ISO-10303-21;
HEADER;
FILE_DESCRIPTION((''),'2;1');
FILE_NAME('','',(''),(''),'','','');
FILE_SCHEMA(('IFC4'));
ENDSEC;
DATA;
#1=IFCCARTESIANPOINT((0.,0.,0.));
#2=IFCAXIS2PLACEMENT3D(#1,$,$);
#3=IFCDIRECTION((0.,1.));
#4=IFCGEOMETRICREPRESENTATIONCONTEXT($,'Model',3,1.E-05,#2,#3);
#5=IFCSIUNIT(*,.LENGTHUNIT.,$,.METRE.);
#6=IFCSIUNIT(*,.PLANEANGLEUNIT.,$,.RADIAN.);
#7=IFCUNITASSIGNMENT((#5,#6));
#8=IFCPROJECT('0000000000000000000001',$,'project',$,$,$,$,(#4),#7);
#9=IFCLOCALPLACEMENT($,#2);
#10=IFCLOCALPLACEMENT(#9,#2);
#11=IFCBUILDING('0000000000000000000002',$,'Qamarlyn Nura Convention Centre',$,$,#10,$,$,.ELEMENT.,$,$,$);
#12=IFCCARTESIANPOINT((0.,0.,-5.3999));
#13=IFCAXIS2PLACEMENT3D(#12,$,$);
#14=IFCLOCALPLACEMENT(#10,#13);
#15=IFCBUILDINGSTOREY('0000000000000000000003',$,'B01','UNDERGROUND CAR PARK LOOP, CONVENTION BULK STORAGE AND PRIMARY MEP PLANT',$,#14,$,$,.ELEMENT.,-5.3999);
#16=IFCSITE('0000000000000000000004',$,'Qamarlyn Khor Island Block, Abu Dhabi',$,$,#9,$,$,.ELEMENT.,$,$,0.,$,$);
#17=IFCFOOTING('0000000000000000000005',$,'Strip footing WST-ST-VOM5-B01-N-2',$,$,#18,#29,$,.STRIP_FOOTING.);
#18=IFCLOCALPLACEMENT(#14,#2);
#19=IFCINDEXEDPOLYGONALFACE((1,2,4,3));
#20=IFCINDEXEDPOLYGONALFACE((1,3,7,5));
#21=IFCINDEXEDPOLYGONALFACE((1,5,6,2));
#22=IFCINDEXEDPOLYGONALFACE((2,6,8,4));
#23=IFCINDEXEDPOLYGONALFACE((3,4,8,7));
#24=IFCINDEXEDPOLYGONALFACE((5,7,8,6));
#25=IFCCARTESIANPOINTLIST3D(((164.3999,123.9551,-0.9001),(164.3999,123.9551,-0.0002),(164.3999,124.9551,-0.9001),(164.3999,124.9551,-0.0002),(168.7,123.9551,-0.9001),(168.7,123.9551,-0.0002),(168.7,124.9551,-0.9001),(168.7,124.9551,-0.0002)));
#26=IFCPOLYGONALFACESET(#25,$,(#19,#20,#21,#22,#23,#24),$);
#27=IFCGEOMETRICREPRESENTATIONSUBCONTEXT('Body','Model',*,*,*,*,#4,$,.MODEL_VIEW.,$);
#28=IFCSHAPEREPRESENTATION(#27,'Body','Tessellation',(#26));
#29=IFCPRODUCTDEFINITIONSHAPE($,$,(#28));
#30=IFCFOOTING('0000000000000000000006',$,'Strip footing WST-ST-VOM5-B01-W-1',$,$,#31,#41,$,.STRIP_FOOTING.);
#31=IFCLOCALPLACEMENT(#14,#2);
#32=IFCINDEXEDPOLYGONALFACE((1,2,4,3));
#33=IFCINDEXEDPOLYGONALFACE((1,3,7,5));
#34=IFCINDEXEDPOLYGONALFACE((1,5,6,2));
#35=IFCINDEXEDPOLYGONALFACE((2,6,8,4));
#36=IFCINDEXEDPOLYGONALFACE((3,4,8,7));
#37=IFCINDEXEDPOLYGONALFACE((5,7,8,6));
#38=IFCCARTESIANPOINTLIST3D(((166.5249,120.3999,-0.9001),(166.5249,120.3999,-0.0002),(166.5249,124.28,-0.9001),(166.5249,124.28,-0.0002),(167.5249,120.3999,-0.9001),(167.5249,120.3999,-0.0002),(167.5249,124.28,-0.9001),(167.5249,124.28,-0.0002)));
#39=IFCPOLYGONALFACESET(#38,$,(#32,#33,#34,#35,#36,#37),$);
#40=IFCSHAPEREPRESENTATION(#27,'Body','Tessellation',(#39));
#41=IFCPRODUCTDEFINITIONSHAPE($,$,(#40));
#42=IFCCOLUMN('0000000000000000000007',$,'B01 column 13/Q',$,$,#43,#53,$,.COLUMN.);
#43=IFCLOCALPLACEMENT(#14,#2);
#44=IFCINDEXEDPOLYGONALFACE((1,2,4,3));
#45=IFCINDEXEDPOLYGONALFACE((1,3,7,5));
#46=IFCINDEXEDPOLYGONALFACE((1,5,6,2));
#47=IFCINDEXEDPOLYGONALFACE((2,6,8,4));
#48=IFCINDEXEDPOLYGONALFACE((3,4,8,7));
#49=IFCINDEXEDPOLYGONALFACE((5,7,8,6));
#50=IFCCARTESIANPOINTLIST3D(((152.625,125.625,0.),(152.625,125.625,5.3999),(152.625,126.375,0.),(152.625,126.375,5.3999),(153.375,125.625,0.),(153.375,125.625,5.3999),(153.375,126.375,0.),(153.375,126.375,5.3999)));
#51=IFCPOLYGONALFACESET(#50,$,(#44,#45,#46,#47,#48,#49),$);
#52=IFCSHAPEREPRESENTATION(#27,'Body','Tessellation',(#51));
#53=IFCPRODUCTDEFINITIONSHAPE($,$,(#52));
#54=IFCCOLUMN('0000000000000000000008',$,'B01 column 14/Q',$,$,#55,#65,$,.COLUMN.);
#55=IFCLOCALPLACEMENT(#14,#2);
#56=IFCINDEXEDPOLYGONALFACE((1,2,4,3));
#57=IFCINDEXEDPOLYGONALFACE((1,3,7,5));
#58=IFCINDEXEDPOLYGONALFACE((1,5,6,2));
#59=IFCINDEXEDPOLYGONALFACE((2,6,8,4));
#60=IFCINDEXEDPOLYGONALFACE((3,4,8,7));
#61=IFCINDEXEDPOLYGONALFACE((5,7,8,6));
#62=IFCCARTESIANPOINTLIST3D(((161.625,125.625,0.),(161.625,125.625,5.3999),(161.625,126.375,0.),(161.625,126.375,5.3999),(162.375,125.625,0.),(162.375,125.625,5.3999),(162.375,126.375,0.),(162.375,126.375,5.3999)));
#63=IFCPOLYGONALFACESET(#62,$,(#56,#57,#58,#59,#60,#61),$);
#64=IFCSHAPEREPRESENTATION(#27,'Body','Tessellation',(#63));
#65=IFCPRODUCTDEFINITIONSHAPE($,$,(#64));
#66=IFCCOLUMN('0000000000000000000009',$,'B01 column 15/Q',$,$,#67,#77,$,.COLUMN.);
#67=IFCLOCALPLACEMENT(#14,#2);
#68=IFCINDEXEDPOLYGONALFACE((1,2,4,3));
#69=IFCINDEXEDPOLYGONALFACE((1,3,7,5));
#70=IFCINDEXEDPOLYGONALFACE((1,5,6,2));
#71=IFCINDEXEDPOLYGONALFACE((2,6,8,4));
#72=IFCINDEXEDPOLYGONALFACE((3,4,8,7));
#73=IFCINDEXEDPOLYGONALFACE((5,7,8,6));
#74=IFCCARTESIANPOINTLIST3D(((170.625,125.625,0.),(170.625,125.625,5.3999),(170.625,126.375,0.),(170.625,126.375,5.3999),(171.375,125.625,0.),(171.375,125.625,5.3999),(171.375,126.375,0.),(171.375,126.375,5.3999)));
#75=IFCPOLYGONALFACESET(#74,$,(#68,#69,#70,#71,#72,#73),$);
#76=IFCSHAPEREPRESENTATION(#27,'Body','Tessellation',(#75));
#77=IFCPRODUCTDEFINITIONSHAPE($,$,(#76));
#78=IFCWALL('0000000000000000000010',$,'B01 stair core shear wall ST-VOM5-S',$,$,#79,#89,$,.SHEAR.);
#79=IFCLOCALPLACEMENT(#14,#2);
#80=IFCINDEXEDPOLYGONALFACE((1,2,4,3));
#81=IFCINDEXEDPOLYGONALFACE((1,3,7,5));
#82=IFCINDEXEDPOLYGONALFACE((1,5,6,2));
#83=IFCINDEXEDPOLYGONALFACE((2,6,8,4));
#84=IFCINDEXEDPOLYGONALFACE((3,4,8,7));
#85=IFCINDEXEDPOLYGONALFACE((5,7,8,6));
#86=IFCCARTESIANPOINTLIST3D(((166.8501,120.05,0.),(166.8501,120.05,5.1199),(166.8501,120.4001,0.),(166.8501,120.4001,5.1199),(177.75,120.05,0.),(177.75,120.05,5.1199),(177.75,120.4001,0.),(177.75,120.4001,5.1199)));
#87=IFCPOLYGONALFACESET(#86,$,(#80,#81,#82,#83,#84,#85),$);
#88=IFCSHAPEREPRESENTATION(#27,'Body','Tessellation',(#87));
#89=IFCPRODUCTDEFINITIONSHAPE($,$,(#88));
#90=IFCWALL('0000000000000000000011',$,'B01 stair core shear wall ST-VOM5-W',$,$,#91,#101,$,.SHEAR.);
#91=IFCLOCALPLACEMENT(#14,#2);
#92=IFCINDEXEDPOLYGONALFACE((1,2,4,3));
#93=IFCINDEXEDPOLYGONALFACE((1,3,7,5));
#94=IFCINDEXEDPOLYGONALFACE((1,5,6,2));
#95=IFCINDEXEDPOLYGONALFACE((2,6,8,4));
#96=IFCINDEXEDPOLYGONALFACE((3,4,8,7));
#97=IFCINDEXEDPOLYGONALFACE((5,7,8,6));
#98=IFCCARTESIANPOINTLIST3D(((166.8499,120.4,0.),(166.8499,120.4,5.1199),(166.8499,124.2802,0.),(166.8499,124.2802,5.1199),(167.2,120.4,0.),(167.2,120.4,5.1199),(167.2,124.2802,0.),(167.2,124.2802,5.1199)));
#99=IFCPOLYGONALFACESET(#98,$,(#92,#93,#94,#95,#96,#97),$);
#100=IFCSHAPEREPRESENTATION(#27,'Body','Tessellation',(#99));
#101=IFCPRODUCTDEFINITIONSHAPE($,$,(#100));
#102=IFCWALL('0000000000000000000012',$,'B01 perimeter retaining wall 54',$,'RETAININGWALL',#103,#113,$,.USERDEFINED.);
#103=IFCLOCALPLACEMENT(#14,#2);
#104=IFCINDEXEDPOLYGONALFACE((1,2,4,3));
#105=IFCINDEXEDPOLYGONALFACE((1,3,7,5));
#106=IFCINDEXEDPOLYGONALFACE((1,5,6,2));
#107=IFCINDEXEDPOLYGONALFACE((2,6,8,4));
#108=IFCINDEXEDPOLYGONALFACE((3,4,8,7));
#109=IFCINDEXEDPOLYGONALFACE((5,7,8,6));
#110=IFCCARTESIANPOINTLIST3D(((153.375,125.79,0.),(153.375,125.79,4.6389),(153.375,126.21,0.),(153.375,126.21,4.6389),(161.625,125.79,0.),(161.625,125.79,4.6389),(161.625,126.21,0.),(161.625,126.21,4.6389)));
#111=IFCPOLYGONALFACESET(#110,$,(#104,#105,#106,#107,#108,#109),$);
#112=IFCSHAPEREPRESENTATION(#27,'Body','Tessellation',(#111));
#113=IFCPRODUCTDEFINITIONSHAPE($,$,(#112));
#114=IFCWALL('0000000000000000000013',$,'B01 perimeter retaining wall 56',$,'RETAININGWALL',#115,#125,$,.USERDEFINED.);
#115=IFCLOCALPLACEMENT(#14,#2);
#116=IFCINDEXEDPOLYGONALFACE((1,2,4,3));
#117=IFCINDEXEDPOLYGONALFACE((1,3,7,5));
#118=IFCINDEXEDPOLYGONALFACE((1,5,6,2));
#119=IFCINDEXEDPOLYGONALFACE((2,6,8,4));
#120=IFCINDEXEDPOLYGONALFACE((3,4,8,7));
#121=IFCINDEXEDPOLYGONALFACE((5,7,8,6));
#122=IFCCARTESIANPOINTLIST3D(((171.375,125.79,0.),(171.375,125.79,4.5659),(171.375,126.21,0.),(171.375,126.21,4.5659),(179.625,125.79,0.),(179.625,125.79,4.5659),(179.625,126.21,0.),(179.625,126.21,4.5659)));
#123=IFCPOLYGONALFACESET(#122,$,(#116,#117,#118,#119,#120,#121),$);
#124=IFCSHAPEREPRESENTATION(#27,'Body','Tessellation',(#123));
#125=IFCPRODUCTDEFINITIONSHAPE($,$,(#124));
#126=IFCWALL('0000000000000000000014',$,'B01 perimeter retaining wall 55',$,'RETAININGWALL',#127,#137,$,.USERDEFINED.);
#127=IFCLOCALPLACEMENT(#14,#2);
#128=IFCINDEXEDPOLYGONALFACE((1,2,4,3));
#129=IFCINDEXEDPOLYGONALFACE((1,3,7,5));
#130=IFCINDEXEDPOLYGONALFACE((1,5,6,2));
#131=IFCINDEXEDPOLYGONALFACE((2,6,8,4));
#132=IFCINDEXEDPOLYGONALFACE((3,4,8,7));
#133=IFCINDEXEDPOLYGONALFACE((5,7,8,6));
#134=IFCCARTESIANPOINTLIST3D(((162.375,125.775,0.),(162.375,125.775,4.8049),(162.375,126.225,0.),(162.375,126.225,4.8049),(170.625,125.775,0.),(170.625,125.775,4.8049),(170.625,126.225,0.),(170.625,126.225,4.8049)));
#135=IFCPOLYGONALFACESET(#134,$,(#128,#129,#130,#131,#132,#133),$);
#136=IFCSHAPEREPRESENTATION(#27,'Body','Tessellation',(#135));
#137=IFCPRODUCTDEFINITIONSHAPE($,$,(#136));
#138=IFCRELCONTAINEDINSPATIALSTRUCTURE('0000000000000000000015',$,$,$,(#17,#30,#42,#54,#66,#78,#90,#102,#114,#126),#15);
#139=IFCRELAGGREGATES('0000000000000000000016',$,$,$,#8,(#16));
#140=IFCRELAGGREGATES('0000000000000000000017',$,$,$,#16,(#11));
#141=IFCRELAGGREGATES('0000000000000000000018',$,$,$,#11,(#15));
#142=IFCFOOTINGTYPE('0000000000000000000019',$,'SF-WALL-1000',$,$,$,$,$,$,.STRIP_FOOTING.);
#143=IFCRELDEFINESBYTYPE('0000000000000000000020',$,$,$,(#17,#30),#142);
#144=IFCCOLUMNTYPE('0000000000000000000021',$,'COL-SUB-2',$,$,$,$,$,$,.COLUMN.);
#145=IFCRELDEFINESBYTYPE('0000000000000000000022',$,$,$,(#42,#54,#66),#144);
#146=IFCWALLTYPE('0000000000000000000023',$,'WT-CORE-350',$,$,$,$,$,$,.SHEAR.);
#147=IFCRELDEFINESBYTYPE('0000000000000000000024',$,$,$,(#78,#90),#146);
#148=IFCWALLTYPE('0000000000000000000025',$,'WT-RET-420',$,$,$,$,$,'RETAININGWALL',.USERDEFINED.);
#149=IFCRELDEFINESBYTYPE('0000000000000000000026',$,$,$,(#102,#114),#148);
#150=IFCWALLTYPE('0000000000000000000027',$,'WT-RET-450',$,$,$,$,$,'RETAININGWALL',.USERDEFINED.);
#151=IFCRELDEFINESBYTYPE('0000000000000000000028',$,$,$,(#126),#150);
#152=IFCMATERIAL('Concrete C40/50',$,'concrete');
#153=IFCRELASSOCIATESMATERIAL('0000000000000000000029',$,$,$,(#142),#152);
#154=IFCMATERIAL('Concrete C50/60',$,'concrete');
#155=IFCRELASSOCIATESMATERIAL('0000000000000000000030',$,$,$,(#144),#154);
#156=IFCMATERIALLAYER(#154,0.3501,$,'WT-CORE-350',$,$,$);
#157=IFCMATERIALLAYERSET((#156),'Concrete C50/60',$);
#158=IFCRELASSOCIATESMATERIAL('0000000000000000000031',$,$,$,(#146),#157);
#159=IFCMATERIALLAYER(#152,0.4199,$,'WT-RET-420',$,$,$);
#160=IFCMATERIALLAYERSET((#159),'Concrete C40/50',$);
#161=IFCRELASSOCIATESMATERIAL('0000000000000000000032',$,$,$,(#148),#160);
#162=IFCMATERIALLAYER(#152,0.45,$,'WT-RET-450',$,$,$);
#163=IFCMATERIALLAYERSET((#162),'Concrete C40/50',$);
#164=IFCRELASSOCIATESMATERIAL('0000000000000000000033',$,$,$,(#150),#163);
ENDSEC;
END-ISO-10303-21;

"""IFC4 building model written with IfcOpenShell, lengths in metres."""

from ifc_helpers import new_model, si_unit, direction, frame, frame_2d, origin, origin_2d, place, context, subcontext, project, spatial, rectangle, extrude, material, layer, layer_set, material_profile, profile_set, type_object, element, save


model = new_model("IFC4")

# Units and contexts
model_context = context("Model", 3, precision=1e-05, world=origin(), true_north=direction((0.0, 1.0)))
body_context = subcontext(model_context, "Body", "Model", "MODEL_VIEW")
ifc_project = project(units=[si_unit("LENGTHUNIT", "METRE"), si_unit("PLANEANGLEUNIT", "RADIAN")], contexts=[model_context])

# Site, building, storey
site_placement = place(None, origin())
site = spatial("IfcSite", under=ifc_project, at=site_placement, Name="Qamarlyn Khor Island Block, Abu Dhabi", CompositionType="ELEMENT", RefElevation=0.0)
building_placement = place(site_placement, origin())
building = spatial("IfcBuilding", under=site, at=building_placement, Name="Qamarlyn Nura Convention Centre", CompositionType="ELEMENT")
storey_placement = place(building_placement, frame((0.0, 0.0, -5.3999)))
storey = spatial("IfcBuildingStorey", under=building, at=storey_placement, Name="B01", Description="UNDERGROUND CAR PARK LOOP, CONVENTION BULK STORAGE AND PRIMARY MEP PLANT", CompositionType="ELEMENT", Elevation=-5.3999)

# Shared definitions
ifc_material_1 = material(Name="Concrete C40/50", Category="concrete")

# Footings
ifc_material_profile_1 = material_profile(ifc_material_1, rectangle(XDim=1.0, YDim=0.8999, at=origin_2d()), Name="RC STRIP 1000x900")
ifc_profile_set_1 = profile_set([ifc_material_profile_1], Name="Concrete C40/50")
footing_type_1 = type_object("IfcFootingType", Name="SF-WALL-1000", PredefinedType="STRIP_FOOTING", material=ifc_profile_set_1)
footing_1_placement = place(storey_placement, frame((168.7, 124.4551, -0.4502), z_axis=(-1.0, 0.0, 0.0), x_axis=(0.0, -1.0, 0.0)))
element("IfcFooting", 1, at=footing_1_placement, inside=storey, type_object=footing_type_1, Name="Strip footing WST-ST-VOM5-B01-N-2", PredefinedType="STRIP_FOOTING", context=body_context, shape_type="SweptSolid", body=[
    extrude(rectangle(XDim=1.0, YDim=0.8999, at=origin_2d()), origin(), (0.0, 0.0, 1.0), 4.3),
])
footing_2_placement = place(storey_placement, frame((167.0249, 124.28, -0.4502), z_axis=(0.0, -1.0, 0.0), x_axis=(1.0, 0.0, 0.0)))
element("IfcFooting", 2, at=footing_2_placement, inside=storey, type_object=footing_type_1, Name="Strip footing WST-ST-VOM5-B01-W-1", PredefinedType="STRIP_FOOTING", context=body_context, shape_type="SweptSolid", body=[
    extrude(rectangle(XDim=1.0, YDim=0.8999, at=origin_2d()), origin(), (0.0, 0.0, 1.0), 3.8801),
])

# Columns
ifc_material_2 = material(Name="Concrete C50/60", Category="concrete")
ifc_material_profile_2 = material_profile(ifc_material_2, rectangle(XDim=0.75, YDim=0.75, at=origin_2d()), Name="RC 750x750")
ifc_profile_set_2 = profile_set([ifc_material_profile_2], Name="Concrete C50/60")
column_type = type_object("IfcColumnType", Name="COL-SUB-2", PredefinedType="COLUMN", material=ifc_profile_set_2)
for number, where, z_axis, x_axis, name in (
    (3, (153.0, 126.0, 0.0), (0.0, 0.0, 1.0), (1.0, 0.0, 0.0), "B01 column 13/Q"),
    (4, (162.0, 126.0, 0.0), (0.0, 0.0, 1.0), (1.0, 0.0, 0.0), "B01 column 14/Q"),
    (5, (171.0, 126.0, 0.0), (0.0, 0.0, 1.0), (1.0, 0.0, 0.0), "B01 column 15/Q"),
):
    element("IfcColumn", number, at=place(storey_placement, frame(where, z_axis=z_axis, x_axis=x_axis)), inside=storey, type_object=column_type, Name=name, PredefinedType="COLUMN", context=body_context, shape_type="SweptSolid", body=[
        extrude(rectangle(XDim=0.75, YDim=0.75, at=origin_2d()), origin(), (0.0, 0.0, 1.0), 5.3999),
    ])

# Walls
ifc_layer_1 = layer(ifc_material_2, 0.3501, Name="WT-CORE-350")
ifc_layer_set_1 = layer_set([ifc_layer_1], Name="Concrete C50/60")
wall_type_1 = type_object("IfcWallType", Name="WT-CORE-350", PredefinedType="SHEAR", material=ifc_layer_set_1)
wall_1_placement = place(storey_placement, frame((166.8501, 120.2251, 0.0), z_axis=(0.0, 0.0, 1.0), x_axis=(1.0, 0.0, 0.0)))
element("IfcWall", 6, at=wall_1_placement, inside=storey, type_object=wall_type_1, Name="B01 stair core shear wall ST-VOM5-S", PredefinedType="SHEAR", context=body_context, shape_type="SweptSolid", body=[
    extrude(rectangle(XDim=10.8999, YDim=0.3501, at=frame_2d((5.45, 0.0))), origin(), (0.0, 0.0, 1.0), 5.1199),
])
wall_2_placement = place(storey_placement, frame((167.0249, 124.28, 0.0), z_axis=(0.0, 0.0, 1.0), x_axis=(0.0, -1.0, 0.0)))
element("IfcWall", 7, at=wall_2_placement, inside=storey, type_object=wall_type_1, Name="B01 stair core shear wall ST-VOM5-W", PredefinedType="SHEAR", context=body_context, shape_type="SweptSolid", body=[
    extrude(rectangle(XDim=3.8801, YDim=0.3501, at=frame_2d((1.9399, 0.0))), origin(), (0.0, 0.0, 1.0), 5.1199),
])
ifc_layer_2 = layer(ifc_material_1, 0.4199, Name="WT-RET-420")
ifc_layer_set_2 = layer_set([ifc_layer_2], Name="Concrete C40/50")
wall_type_2 = type_object("IfcWallType", Name="WT-RET-420", ElementType="RETAININGWALL", PredefinedType="USERDEFINED", material=ifc_layer_set_2)
wall_3_placement = place(storey_placement, frame((153.375, 126.0, 0.0), z_axis=(0.0, 0.0, 1.0), x_axis=(1.0, 0.0, 0.0)))
element("IfcWall", 8, at=wall_3_placement, inside=storey, type_object=wall_type_2, Name="B01 perimeter retaining wall 54", ObjectType="RETAININGWALL", PredefinedType="USERDEFINED", context=body_context, shape_type="SweptSolid", body=[
    extrude(rectangle(XDim=8.25, YDim=0.4199, at=frame_2d((4.125, 0.0))), origin(), (0.0, 0.0, 1.0), 4.6389),
])
wall_4_placement = place(storey_placement, frame((171.375, 126.0, 0.0), z_axis=(0.0, 0.0, 1.0), x_axis=(1.0, 0.0, 0.0)))
element("IfcWall", 9, at=wall_4_placement, inside=storey, type_object=wall_type_2, Name="B01 perimeter retaining wall 56", ObjectType="RETAININGWALL", PredefinedType="USERDEFINED", context=body_context, shape_type="SweptSolid", body=[
    extrude(rectangle(XDim=8.25, YDim=0.4199, at=frame_2d((4.125, 0.0))), origin(), (0.0, 0.0, 1.0), 4.5659),
])
ifc_layer_3 = layer(ifc_material_1, 0.45, Name="WT-RET-450")
ifc_layer_set_3 = layer_set([ifc_layer_3], Name="Concrete C40/50")
wall_type_3 = type_object("IfcWallType", Name="WT-RET-450", ElementType="RETAININGWALL", PredefinedType="USERDEFINED", material=ifc_layer_set_3)
wall_5_placement = place(storey_placement, frame((162.375, 126.0, 0.0), z_axis=(0.0, 0.0, 1.0), x_axis=(1.0, 0.0, 0.0)))
element("IfcWall", 10, at=wall_5_placement, inside=storey, type_object=wall_type_3, Name="B01 perimeter retaining wall 55", ObjectType="RETAININGWALL", PredefinedType="USERDEFINED", context=body_context, shape_type="SweptSolid", body=[
    extrude(rectangle(XDim=8.25, YDim=0.45, at=frame_2d((4.125, 0.0))), origin(), (0.0, 0.0, 1.0), 4.8049),
])

save(model, "model.ifc")
